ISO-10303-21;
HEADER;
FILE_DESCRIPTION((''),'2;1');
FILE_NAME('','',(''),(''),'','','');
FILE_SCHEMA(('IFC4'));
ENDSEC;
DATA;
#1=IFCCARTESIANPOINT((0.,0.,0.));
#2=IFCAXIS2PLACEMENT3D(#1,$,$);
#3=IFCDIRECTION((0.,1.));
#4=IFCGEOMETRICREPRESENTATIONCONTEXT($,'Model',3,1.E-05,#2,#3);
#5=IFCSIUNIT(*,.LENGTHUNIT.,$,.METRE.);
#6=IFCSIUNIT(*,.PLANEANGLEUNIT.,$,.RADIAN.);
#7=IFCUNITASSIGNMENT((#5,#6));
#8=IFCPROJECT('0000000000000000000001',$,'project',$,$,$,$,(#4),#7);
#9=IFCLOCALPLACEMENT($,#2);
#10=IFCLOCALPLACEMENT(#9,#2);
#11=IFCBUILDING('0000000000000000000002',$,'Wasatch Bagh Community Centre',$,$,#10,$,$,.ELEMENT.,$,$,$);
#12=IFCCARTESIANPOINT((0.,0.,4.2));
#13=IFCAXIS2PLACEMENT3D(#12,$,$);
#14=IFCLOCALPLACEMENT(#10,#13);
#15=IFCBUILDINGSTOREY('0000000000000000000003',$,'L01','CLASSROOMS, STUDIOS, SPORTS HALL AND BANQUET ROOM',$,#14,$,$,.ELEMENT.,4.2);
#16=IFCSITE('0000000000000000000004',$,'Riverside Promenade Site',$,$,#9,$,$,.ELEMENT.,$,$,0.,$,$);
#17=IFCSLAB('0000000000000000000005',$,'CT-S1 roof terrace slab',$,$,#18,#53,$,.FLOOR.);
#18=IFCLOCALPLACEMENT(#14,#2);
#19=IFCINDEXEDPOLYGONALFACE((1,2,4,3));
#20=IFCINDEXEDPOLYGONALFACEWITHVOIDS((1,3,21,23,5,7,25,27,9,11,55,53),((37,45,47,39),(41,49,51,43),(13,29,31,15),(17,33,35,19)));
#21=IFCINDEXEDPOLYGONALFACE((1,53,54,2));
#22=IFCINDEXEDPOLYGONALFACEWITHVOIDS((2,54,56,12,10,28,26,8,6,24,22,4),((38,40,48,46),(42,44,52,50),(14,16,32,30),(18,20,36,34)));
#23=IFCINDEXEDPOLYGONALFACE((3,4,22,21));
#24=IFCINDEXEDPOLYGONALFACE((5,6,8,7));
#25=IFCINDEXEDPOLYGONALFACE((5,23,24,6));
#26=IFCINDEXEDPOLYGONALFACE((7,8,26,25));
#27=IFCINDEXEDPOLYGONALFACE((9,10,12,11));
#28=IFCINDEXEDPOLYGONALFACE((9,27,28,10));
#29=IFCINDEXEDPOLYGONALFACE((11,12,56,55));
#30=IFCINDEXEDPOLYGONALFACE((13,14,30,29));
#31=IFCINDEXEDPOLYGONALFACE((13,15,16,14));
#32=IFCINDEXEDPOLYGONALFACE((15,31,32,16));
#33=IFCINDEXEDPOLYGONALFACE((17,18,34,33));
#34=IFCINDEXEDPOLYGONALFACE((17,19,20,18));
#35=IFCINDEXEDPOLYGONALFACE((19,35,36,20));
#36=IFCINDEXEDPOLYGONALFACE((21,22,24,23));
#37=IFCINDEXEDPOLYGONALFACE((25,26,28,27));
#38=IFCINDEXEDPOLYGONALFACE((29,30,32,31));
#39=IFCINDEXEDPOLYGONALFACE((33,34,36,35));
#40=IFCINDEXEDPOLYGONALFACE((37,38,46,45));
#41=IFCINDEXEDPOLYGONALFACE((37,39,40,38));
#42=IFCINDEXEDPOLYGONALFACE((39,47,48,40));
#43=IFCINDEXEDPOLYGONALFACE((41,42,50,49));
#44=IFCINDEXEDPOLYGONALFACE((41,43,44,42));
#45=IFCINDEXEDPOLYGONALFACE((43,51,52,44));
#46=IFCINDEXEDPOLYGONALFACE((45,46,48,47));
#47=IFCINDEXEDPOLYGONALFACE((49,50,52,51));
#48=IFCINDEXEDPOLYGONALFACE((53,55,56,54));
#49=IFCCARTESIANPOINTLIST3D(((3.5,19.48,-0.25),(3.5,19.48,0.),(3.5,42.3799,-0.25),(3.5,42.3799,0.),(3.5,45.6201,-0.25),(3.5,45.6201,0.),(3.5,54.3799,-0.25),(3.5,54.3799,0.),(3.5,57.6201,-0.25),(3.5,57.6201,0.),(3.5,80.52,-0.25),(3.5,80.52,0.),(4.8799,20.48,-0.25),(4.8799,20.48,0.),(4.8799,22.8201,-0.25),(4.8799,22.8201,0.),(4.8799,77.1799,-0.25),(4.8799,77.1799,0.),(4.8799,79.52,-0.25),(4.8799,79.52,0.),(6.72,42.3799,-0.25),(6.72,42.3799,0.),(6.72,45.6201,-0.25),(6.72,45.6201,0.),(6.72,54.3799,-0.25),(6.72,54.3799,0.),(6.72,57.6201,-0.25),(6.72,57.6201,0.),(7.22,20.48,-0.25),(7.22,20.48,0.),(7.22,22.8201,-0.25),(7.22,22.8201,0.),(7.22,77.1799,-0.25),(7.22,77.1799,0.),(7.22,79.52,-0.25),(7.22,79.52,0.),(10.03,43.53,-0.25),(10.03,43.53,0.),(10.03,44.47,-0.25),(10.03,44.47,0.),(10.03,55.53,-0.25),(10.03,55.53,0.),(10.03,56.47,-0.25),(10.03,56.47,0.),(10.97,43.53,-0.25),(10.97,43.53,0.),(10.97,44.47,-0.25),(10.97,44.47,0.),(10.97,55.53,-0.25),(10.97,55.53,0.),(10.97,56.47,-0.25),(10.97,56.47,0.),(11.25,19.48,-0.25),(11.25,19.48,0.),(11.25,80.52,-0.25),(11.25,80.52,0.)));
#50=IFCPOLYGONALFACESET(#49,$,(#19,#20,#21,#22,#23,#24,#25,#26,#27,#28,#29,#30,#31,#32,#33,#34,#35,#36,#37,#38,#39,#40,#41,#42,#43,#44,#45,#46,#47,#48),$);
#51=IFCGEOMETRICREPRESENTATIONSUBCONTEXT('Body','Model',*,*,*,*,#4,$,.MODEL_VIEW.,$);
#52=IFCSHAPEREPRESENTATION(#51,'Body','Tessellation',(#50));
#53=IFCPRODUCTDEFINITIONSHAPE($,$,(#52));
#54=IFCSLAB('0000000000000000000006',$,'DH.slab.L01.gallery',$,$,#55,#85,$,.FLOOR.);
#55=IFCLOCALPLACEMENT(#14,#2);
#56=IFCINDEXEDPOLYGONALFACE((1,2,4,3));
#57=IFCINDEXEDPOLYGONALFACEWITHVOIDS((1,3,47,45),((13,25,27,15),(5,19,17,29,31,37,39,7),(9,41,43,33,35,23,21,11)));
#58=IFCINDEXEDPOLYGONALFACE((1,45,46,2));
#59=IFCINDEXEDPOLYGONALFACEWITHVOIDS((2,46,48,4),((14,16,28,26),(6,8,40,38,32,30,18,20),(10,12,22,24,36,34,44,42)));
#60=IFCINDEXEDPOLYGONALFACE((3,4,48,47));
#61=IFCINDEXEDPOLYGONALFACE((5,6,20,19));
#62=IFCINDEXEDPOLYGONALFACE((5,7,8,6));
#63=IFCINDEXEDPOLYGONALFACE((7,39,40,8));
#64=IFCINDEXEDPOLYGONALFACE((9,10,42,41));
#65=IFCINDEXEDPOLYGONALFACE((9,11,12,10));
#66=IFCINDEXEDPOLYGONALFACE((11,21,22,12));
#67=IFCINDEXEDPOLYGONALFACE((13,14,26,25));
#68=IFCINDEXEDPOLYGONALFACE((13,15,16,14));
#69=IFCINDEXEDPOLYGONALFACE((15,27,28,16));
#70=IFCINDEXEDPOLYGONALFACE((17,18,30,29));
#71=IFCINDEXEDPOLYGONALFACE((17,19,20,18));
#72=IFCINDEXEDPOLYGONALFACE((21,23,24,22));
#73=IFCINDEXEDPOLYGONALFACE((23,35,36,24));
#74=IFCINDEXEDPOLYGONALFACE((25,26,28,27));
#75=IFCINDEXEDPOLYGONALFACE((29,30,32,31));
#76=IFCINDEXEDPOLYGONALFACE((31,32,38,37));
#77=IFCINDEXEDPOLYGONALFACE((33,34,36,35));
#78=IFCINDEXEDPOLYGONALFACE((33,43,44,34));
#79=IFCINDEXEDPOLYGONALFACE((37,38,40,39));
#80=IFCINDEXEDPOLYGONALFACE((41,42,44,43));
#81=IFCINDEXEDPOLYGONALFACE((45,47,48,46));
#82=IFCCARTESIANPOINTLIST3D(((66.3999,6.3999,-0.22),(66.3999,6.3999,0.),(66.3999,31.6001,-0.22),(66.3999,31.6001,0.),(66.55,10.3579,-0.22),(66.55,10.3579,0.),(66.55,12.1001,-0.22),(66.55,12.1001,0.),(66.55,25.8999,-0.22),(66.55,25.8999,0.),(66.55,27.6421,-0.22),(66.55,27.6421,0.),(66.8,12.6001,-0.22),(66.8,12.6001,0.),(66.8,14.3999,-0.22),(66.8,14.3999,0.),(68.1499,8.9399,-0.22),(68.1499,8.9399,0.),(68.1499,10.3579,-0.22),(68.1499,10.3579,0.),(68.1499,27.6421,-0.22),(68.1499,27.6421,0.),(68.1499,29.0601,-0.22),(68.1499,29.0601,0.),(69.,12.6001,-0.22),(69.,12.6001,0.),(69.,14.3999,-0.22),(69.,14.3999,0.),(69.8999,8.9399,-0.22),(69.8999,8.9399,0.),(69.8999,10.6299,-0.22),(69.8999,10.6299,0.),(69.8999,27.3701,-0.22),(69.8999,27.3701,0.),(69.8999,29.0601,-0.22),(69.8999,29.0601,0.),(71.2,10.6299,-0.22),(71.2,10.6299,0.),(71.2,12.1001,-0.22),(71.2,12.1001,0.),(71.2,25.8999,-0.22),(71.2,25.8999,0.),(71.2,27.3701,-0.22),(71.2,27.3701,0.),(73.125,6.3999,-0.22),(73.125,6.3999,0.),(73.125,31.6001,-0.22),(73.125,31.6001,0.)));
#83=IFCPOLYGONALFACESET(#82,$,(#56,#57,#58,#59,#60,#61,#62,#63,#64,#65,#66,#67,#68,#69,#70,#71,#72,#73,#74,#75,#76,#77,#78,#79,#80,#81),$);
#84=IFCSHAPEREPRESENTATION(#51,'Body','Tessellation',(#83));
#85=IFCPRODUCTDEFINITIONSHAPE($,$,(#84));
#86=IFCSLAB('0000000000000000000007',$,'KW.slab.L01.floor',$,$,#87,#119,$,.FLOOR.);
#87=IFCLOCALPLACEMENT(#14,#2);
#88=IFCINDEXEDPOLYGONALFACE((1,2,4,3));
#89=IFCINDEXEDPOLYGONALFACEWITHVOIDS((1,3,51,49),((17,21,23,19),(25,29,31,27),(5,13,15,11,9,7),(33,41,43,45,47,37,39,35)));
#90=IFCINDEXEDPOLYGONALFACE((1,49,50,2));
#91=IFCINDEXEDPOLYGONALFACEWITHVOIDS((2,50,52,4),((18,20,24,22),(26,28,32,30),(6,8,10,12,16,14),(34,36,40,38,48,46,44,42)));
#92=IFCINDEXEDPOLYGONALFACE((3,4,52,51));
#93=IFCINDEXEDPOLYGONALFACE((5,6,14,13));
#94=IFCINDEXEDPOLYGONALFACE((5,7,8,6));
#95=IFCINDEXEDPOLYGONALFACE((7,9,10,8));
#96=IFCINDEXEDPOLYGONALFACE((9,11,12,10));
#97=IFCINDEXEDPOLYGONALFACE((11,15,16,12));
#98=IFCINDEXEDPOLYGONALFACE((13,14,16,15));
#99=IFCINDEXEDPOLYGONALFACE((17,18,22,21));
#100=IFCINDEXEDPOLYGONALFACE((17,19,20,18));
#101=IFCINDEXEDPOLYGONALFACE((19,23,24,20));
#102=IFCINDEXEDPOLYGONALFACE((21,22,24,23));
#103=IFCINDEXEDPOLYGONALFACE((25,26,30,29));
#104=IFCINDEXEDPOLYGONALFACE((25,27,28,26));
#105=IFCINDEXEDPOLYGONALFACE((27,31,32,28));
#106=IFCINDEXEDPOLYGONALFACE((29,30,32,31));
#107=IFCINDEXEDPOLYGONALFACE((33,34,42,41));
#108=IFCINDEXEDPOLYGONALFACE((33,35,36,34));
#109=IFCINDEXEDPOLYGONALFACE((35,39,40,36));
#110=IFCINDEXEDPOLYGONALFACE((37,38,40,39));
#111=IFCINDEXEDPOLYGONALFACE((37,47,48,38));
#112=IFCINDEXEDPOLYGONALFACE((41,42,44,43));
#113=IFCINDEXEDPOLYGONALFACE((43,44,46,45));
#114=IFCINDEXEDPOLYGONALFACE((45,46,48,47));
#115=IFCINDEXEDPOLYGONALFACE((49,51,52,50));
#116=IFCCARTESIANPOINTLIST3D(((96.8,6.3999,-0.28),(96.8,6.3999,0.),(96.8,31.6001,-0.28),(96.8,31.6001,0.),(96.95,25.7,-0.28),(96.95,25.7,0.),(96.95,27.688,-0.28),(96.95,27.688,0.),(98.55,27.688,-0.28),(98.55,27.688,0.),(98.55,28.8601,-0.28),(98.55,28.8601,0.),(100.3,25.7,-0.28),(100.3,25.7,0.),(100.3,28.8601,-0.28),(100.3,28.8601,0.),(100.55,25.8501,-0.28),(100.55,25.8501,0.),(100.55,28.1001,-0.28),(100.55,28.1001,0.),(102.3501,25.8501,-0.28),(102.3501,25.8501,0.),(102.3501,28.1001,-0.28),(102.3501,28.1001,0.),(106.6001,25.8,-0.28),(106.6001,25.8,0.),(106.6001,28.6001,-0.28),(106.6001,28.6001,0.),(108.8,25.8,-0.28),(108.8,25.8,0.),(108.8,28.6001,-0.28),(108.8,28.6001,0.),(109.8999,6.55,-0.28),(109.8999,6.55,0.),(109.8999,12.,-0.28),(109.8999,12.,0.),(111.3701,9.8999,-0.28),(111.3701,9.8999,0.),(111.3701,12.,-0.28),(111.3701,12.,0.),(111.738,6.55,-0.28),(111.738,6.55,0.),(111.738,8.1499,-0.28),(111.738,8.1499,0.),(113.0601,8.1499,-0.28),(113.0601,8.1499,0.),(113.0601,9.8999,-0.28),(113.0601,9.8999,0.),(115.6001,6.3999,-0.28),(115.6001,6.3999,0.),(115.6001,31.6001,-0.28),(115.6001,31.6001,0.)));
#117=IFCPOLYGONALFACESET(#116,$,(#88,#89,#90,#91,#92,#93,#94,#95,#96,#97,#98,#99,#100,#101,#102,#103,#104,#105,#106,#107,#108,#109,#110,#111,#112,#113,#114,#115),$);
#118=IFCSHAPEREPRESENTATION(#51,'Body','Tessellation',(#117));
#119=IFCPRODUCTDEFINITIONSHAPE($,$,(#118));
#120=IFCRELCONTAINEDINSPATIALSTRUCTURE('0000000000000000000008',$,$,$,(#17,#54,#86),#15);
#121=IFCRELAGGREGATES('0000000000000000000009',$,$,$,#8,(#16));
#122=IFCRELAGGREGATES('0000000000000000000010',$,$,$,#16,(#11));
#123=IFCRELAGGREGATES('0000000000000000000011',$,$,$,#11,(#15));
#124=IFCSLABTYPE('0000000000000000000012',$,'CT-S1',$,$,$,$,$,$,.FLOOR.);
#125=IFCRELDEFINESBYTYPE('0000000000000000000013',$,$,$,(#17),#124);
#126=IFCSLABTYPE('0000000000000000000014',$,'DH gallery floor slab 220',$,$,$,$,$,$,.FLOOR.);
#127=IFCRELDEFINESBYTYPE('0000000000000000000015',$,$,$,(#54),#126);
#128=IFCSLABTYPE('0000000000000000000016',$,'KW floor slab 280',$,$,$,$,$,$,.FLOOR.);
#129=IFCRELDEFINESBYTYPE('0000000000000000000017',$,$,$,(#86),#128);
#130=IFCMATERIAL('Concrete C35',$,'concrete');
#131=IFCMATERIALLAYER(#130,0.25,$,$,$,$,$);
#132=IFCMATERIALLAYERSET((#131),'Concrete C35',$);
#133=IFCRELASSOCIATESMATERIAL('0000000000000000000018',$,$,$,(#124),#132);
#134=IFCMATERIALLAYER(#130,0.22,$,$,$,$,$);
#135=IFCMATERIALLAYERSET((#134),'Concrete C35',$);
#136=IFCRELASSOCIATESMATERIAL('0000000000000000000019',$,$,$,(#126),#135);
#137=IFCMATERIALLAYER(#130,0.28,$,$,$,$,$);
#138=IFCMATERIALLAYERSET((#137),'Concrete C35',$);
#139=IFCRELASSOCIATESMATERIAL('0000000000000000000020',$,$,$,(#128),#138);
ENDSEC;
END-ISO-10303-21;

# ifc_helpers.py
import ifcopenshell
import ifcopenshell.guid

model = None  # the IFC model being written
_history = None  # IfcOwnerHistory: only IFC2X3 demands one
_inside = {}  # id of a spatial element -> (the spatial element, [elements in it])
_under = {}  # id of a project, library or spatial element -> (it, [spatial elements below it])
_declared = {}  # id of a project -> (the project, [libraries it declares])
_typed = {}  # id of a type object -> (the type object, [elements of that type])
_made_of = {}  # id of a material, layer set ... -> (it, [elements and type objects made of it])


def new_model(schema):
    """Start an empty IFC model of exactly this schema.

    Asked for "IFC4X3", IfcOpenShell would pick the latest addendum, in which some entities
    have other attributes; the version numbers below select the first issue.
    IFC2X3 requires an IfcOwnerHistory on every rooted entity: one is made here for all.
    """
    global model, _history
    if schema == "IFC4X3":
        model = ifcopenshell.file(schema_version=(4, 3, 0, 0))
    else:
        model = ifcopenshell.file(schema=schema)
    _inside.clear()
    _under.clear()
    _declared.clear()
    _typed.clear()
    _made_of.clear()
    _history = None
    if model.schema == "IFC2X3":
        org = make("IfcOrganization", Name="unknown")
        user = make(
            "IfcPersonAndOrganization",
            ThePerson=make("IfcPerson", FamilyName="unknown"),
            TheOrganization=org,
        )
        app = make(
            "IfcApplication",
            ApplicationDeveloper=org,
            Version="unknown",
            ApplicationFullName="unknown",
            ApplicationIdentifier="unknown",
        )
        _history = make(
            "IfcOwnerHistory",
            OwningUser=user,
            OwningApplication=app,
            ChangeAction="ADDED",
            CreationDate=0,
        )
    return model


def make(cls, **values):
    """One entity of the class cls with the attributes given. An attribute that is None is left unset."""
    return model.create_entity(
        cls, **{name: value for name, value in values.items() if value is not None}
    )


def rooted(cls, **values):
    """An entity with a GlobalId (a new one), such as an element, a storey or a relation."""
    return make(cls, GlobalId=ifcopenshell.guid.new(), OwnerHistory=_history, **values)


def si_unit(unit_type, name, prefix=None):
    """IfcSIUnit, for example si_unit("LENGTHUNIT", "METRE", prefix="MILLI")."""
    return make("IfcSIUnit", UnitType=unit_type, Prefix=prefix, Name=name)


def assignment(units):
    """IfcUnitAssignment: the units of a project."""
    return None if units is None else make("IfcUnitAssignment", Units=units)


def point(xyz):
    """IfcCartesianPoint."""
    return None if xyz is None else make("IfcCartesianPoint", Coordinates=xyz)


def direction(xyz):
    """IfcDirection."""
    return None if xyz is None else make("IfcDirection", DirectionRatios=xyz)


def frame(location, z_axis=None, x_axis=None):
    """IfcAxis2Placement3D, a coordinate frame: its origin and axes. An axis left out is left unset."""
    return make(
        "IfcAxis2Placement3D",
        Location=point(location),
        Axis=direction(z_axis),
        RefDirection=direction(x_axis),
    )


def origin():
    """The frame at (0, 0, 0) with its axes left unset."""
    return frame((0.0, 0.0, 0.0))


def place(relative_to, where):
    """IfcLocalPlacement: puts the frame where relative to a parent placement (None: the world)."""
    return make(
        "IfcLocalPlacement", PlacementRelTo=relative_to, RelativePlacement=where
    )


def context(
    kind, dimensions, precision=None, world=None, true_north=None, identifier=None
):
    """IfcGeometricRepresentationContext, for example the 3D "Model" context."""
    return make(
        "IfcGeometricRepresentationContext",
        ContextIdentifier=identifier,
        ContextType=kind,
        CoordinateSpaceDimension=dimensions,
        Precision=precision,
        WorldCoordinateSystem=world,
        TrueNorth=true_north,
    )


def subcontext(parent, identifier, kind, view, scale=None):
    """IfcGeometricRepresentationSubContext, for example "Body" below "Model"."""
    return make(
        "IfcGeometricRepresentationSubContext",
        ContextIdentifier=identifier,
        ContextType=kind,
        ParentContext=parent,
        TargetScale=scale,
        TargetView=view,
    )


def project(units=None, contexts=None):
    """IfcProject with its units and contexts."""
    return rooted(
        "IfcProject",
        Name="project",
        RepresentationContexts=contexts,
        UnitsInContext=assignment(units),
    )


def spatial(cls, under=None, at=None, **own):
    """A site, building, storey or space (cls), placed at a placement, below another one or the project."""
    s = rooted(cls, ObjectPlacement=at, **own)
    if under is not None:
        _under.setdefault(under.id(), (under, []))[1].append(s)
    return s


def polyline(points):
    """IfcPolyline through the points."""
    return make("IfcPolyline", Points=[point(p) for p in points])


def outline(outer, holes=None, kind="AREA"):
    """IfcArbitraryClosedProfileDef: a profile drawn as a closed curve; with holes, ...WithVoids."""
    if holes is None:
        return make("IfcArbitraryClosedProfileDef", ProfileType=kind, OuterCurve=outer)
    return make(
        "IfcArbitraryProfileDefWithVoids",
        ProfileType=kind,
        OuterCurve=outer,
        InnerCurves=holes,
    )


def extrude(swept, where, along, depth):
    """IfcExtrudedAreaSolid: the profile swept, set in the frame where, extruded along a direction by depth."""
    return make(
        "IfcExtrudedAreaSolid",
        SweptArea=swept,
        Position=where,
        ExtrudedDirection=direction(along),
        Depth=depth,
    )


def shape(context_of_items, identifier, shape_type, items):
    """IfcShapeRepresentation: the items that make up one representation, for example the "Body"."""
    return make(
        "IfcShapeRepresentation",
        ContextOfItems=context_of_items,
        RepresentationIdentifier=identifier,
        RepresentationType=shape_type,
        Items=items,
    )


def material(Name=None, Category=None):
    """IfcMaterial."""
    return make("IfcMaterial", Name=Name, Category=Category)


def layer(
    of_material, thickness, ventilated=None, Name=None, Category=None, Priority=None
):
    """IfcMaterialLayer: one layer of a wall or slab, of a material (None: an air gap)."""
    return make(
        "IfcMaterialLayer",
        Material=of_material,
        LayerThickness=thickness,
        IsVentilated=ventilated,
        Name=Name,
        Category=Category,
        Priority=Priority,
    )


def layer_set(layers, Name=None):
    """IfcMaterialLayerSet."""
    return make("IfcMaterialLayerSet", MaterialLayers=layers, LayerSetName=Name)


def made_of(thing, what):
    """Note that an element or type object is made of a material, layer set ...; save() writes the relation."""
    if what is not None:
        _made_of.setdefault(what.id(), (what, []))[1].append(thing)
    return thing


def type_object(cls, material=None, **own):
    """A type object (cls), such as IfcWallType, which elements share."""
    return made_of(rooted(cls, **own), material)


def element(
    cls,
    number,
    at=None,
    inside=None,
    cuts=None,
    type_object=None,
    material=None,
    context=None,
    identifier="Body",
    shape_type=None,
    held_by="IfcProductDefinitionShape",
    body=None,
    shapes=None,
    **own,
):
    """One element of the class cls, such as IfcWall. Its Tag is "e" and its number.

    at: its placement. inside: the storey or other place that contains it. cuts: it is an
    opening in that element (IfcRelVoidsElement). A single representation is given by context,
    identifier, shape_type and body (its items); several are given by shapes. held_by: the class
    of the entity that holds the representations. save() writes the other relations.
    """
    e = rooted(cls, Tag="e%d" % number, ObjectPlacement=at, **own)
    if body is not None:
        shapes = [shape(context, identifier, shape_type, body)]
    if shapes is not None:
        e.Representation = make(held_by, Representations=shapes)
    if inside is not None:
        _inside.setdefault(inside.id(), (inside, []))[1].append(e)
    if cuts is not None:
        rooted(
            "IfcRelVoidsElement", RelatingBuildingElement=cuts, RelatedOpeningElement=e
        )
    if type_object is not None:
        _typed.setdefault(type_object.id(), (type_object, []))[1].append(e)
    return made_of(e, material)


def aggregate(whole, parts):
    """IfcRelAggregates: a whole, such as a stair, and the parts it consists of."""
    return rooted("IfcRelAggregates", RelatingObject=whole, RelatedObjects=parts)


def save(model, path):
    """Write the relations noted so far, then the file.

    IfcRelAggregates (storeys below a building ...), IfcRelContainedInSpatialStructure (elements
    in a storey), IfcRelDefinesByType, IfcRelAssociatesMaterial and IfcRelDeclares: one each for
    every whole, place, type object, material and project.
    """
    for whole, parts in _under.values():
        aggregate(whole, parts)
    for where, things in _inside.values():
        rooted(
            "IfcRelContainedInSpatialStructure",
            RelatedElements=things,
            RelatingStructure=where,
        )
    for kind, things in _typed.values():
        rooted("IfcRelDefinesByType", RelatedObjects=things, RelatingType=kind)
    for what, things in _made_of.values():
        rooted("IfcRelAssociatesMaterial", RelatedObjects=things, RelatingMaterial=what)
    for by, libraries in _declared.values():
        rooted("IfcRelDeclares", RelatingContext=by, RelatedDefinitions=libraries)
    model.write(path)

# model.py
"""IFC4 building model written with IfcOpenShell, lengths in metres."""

from ifc_helpers import new_model, si_unit, direction, frame, origin, place, context, subcontext, project, spatial, polyline, outline, extrude, material, layer, layer_set, type_object, element, save


model = new_model("IFC4")

# Units and contexts
model_context = context("Model", 3, precision=1e-05, world=origin(), true_north=direction((0.0, 1.0)))
body_context = subcontext(model_context, "Body", "Model", "MODEL_VIEW")
ifc_project = project(units=[si_unit("LENGTHUNIT", "METRE"), si_unit("PLANEANGLEUNIT", "RADIAN")], contexts=[model_context])

# Site, building, storey
site_placement = place(None, origin())
site = spatial("IfcSite", under=ifc_project, at=site_placement, Name="Riverside Promenade Site", CompositionType="ELEMENT", RefElevation=0.0)
building_placement = place(site_placement, origin())
building = spatial("IfcBuilding", under=site, at=building_placement, Name="Wasatch Bagh Community Centre", CompositionType="ELEMENT")
storey_placement = place(building_placement, frame((0.0, 0.0, 4.2)))
storey = spatial("IfcBuildingStorey", under=building, at=storey_placement, Name="L01", Description="CLASSROOMS, STUDIOS, SPORTS HALL AND BANQUET ROOM", CompositionType="ELEMENT", Elevation=4.2)

# Slabs
ifc_material_1 = material(Name="Concrete C35", Category="concrete")
ifc_layer_1 = layer(ifc_material_1, 0.25)
ifc_layer_set_1 = layer_set([ifc_layer_1], Name="Concrete C35")
slab_type_1 = type_object("IfcSlabType", Name="CT-S1", PredefinedType="FLOOR", material=ifc_layer_set_1)
slab_1_placement = place(storey_placement, frame((0.0, 0.0, -0.25)))
element("IfcSlab", 1, at=slab_1_placement, inside=storey, type_object=slab_type_1, Name="CT-S1 roof terrace slab", PredefinedType="FLOOR", context=body_context, shape_type="SweptSolid", body=[
    extrude(outline(polyline([(3.5, 80.52), (11.25, 80.52), (11.25, 19.48), (3.5, 19.48), (3.5, 42.3799), (6.72, 42.3799), (6.72, 45.6201), (3.5, 45.6201), (3.5, 54.3799), (6.72, 54.3799), (6.72, 57.6201), (3.5, 57.6201), (3.5, 80.52)]), holes=[polyline([(4.8799, 20.48), (7.22, 20.48), (7.22, 22.8201), (4.8799, 22.8201), (4.8799, 20.48)]), polyline([(10.03, 44.47), (10.03, 43.53), (10.97, 43.53), (10.97, 44.47), (10.03, 44.47)]), polyline([(10.03, 56.47), (10.03, 55.53), (10.97, 55.53), (10.97, 56.47), (10.03, 56.47)]), polyline([(4.8799, 79.52), (4.8799, 77.1799), (7.22, 77.1799), (7.22, 79.52), (4.8799, 79.52)])]), origin(), (0.0, 0.0, 1.0), 0.25),
])
ifc_layer_2 = layer(ifc_material_1, 0.22)
ifc_layer_set_2 = layer_set([ifc_layer_2], Name="Concrete C35")
slab_type_2 = type_object("IfcSlabType", Name="DH gallery floor slab 220", PredefinedType="FLOOR", material=ifc_layer_set_2)
slab_2_placement = place(storey_placement, frame((0.0, 0.0, -0.22)))
element("IfcSlab", 2, at=slab_2_placement, inside=storey, type_object=slab_type_2, Name="DH.slab.L01.gallery", PredefinedType="FLOOR", context=body_context, shape_type="SweptSolid", body=[
    extrude(outline(polyline([(66.3999, 6.3999), (73.125, 6.3999), (73.125, 31.6001), (66.3999, 31.6001), (66.3999, 6.3999)]), holes=[polyline([(66.55, 10.3579), (66.55, 12.1001), (71.2, 12.1001), (71.2, 10.6299), (69.8999, 10.6299), (69.8999, 8.9399), (68.1499, 8.9399), (68.1499, 10.3579), (66.55, 10.3579)]), polyline([(66.55, 27.6421), (66.55, 25.8999), (71.2, 25.8999), (71.2, 27.3701), (69.8999, 27.3701), (69.8999, 29.0601), (68.1499, 29.0601), (68.1499, 27.6421), (66.55, 27.6421)]), polyline([(66.8, 12.6001), (69.0, 12.6001), (69.0, 14.3999), (66.8, 14.3999), (66.8, 12.6001)])]), origin(), (0.0, 0.0, 1.0), 0.22),
])
ifc_layer_3 = layer(ifc_material_1, 0.28)
ifc_layer_set_3 = layer_set([ifc_layer_3], Name="Concrete C35")
slab_type_3 = type_object("IfcSlabType", Name="KW floor slab 280", PredefinedType="FLOOR", material=ifc_layer_set_3)
slab_3_placement = place(storey_placement, frame((0.0, 0.0, -0.28)))
element("IfcSlab", 3, at=slab_3_placement, inside=storey, type_object=slab_type_3, Name="KW.slab.L01.floor", PredefinedType="FLOOR", context=body_context, shape_type="SweptSolid", body=[
    extrude(outline(polyline([(96.8, 6.3999), (115.6001, 6.3999), (115.6001, 31.6001), (96.8, 31.6001), (96.8, 6.3999)]), holes=[polyline([(96.95, 27.688), (96.95, 25.7), (100.3, 25.7), (100.3, 28.8601), (98.55, 28.8601), (98.55, 27.688), (96.95, 27.688)]), polyline([(111.738, 6.55), (109.8999, 6.55), (109.8999, 12.0), (111.3701, 12.0), (111.3701, 9.8999), (113.0601, 9.8999), (113.0601, 8.1499), (111.738, 8.1499), (111.738, 6.55)]), polyline([(100.55, 25.8501), (102.3501, 25.8501), (102.3501, 28.1001), (100.55, 28.1001), (100.55, 25.8501)]), polyline([(106.6001, 25.8), (108.8, 25.8), (108.8, 28.6001), (106.6001, 28.6001), (106.6001, 25.8)])]), origin(), (0.0, 0.0, 1.0), 0.28),
])

save(model, "model.ifc")
